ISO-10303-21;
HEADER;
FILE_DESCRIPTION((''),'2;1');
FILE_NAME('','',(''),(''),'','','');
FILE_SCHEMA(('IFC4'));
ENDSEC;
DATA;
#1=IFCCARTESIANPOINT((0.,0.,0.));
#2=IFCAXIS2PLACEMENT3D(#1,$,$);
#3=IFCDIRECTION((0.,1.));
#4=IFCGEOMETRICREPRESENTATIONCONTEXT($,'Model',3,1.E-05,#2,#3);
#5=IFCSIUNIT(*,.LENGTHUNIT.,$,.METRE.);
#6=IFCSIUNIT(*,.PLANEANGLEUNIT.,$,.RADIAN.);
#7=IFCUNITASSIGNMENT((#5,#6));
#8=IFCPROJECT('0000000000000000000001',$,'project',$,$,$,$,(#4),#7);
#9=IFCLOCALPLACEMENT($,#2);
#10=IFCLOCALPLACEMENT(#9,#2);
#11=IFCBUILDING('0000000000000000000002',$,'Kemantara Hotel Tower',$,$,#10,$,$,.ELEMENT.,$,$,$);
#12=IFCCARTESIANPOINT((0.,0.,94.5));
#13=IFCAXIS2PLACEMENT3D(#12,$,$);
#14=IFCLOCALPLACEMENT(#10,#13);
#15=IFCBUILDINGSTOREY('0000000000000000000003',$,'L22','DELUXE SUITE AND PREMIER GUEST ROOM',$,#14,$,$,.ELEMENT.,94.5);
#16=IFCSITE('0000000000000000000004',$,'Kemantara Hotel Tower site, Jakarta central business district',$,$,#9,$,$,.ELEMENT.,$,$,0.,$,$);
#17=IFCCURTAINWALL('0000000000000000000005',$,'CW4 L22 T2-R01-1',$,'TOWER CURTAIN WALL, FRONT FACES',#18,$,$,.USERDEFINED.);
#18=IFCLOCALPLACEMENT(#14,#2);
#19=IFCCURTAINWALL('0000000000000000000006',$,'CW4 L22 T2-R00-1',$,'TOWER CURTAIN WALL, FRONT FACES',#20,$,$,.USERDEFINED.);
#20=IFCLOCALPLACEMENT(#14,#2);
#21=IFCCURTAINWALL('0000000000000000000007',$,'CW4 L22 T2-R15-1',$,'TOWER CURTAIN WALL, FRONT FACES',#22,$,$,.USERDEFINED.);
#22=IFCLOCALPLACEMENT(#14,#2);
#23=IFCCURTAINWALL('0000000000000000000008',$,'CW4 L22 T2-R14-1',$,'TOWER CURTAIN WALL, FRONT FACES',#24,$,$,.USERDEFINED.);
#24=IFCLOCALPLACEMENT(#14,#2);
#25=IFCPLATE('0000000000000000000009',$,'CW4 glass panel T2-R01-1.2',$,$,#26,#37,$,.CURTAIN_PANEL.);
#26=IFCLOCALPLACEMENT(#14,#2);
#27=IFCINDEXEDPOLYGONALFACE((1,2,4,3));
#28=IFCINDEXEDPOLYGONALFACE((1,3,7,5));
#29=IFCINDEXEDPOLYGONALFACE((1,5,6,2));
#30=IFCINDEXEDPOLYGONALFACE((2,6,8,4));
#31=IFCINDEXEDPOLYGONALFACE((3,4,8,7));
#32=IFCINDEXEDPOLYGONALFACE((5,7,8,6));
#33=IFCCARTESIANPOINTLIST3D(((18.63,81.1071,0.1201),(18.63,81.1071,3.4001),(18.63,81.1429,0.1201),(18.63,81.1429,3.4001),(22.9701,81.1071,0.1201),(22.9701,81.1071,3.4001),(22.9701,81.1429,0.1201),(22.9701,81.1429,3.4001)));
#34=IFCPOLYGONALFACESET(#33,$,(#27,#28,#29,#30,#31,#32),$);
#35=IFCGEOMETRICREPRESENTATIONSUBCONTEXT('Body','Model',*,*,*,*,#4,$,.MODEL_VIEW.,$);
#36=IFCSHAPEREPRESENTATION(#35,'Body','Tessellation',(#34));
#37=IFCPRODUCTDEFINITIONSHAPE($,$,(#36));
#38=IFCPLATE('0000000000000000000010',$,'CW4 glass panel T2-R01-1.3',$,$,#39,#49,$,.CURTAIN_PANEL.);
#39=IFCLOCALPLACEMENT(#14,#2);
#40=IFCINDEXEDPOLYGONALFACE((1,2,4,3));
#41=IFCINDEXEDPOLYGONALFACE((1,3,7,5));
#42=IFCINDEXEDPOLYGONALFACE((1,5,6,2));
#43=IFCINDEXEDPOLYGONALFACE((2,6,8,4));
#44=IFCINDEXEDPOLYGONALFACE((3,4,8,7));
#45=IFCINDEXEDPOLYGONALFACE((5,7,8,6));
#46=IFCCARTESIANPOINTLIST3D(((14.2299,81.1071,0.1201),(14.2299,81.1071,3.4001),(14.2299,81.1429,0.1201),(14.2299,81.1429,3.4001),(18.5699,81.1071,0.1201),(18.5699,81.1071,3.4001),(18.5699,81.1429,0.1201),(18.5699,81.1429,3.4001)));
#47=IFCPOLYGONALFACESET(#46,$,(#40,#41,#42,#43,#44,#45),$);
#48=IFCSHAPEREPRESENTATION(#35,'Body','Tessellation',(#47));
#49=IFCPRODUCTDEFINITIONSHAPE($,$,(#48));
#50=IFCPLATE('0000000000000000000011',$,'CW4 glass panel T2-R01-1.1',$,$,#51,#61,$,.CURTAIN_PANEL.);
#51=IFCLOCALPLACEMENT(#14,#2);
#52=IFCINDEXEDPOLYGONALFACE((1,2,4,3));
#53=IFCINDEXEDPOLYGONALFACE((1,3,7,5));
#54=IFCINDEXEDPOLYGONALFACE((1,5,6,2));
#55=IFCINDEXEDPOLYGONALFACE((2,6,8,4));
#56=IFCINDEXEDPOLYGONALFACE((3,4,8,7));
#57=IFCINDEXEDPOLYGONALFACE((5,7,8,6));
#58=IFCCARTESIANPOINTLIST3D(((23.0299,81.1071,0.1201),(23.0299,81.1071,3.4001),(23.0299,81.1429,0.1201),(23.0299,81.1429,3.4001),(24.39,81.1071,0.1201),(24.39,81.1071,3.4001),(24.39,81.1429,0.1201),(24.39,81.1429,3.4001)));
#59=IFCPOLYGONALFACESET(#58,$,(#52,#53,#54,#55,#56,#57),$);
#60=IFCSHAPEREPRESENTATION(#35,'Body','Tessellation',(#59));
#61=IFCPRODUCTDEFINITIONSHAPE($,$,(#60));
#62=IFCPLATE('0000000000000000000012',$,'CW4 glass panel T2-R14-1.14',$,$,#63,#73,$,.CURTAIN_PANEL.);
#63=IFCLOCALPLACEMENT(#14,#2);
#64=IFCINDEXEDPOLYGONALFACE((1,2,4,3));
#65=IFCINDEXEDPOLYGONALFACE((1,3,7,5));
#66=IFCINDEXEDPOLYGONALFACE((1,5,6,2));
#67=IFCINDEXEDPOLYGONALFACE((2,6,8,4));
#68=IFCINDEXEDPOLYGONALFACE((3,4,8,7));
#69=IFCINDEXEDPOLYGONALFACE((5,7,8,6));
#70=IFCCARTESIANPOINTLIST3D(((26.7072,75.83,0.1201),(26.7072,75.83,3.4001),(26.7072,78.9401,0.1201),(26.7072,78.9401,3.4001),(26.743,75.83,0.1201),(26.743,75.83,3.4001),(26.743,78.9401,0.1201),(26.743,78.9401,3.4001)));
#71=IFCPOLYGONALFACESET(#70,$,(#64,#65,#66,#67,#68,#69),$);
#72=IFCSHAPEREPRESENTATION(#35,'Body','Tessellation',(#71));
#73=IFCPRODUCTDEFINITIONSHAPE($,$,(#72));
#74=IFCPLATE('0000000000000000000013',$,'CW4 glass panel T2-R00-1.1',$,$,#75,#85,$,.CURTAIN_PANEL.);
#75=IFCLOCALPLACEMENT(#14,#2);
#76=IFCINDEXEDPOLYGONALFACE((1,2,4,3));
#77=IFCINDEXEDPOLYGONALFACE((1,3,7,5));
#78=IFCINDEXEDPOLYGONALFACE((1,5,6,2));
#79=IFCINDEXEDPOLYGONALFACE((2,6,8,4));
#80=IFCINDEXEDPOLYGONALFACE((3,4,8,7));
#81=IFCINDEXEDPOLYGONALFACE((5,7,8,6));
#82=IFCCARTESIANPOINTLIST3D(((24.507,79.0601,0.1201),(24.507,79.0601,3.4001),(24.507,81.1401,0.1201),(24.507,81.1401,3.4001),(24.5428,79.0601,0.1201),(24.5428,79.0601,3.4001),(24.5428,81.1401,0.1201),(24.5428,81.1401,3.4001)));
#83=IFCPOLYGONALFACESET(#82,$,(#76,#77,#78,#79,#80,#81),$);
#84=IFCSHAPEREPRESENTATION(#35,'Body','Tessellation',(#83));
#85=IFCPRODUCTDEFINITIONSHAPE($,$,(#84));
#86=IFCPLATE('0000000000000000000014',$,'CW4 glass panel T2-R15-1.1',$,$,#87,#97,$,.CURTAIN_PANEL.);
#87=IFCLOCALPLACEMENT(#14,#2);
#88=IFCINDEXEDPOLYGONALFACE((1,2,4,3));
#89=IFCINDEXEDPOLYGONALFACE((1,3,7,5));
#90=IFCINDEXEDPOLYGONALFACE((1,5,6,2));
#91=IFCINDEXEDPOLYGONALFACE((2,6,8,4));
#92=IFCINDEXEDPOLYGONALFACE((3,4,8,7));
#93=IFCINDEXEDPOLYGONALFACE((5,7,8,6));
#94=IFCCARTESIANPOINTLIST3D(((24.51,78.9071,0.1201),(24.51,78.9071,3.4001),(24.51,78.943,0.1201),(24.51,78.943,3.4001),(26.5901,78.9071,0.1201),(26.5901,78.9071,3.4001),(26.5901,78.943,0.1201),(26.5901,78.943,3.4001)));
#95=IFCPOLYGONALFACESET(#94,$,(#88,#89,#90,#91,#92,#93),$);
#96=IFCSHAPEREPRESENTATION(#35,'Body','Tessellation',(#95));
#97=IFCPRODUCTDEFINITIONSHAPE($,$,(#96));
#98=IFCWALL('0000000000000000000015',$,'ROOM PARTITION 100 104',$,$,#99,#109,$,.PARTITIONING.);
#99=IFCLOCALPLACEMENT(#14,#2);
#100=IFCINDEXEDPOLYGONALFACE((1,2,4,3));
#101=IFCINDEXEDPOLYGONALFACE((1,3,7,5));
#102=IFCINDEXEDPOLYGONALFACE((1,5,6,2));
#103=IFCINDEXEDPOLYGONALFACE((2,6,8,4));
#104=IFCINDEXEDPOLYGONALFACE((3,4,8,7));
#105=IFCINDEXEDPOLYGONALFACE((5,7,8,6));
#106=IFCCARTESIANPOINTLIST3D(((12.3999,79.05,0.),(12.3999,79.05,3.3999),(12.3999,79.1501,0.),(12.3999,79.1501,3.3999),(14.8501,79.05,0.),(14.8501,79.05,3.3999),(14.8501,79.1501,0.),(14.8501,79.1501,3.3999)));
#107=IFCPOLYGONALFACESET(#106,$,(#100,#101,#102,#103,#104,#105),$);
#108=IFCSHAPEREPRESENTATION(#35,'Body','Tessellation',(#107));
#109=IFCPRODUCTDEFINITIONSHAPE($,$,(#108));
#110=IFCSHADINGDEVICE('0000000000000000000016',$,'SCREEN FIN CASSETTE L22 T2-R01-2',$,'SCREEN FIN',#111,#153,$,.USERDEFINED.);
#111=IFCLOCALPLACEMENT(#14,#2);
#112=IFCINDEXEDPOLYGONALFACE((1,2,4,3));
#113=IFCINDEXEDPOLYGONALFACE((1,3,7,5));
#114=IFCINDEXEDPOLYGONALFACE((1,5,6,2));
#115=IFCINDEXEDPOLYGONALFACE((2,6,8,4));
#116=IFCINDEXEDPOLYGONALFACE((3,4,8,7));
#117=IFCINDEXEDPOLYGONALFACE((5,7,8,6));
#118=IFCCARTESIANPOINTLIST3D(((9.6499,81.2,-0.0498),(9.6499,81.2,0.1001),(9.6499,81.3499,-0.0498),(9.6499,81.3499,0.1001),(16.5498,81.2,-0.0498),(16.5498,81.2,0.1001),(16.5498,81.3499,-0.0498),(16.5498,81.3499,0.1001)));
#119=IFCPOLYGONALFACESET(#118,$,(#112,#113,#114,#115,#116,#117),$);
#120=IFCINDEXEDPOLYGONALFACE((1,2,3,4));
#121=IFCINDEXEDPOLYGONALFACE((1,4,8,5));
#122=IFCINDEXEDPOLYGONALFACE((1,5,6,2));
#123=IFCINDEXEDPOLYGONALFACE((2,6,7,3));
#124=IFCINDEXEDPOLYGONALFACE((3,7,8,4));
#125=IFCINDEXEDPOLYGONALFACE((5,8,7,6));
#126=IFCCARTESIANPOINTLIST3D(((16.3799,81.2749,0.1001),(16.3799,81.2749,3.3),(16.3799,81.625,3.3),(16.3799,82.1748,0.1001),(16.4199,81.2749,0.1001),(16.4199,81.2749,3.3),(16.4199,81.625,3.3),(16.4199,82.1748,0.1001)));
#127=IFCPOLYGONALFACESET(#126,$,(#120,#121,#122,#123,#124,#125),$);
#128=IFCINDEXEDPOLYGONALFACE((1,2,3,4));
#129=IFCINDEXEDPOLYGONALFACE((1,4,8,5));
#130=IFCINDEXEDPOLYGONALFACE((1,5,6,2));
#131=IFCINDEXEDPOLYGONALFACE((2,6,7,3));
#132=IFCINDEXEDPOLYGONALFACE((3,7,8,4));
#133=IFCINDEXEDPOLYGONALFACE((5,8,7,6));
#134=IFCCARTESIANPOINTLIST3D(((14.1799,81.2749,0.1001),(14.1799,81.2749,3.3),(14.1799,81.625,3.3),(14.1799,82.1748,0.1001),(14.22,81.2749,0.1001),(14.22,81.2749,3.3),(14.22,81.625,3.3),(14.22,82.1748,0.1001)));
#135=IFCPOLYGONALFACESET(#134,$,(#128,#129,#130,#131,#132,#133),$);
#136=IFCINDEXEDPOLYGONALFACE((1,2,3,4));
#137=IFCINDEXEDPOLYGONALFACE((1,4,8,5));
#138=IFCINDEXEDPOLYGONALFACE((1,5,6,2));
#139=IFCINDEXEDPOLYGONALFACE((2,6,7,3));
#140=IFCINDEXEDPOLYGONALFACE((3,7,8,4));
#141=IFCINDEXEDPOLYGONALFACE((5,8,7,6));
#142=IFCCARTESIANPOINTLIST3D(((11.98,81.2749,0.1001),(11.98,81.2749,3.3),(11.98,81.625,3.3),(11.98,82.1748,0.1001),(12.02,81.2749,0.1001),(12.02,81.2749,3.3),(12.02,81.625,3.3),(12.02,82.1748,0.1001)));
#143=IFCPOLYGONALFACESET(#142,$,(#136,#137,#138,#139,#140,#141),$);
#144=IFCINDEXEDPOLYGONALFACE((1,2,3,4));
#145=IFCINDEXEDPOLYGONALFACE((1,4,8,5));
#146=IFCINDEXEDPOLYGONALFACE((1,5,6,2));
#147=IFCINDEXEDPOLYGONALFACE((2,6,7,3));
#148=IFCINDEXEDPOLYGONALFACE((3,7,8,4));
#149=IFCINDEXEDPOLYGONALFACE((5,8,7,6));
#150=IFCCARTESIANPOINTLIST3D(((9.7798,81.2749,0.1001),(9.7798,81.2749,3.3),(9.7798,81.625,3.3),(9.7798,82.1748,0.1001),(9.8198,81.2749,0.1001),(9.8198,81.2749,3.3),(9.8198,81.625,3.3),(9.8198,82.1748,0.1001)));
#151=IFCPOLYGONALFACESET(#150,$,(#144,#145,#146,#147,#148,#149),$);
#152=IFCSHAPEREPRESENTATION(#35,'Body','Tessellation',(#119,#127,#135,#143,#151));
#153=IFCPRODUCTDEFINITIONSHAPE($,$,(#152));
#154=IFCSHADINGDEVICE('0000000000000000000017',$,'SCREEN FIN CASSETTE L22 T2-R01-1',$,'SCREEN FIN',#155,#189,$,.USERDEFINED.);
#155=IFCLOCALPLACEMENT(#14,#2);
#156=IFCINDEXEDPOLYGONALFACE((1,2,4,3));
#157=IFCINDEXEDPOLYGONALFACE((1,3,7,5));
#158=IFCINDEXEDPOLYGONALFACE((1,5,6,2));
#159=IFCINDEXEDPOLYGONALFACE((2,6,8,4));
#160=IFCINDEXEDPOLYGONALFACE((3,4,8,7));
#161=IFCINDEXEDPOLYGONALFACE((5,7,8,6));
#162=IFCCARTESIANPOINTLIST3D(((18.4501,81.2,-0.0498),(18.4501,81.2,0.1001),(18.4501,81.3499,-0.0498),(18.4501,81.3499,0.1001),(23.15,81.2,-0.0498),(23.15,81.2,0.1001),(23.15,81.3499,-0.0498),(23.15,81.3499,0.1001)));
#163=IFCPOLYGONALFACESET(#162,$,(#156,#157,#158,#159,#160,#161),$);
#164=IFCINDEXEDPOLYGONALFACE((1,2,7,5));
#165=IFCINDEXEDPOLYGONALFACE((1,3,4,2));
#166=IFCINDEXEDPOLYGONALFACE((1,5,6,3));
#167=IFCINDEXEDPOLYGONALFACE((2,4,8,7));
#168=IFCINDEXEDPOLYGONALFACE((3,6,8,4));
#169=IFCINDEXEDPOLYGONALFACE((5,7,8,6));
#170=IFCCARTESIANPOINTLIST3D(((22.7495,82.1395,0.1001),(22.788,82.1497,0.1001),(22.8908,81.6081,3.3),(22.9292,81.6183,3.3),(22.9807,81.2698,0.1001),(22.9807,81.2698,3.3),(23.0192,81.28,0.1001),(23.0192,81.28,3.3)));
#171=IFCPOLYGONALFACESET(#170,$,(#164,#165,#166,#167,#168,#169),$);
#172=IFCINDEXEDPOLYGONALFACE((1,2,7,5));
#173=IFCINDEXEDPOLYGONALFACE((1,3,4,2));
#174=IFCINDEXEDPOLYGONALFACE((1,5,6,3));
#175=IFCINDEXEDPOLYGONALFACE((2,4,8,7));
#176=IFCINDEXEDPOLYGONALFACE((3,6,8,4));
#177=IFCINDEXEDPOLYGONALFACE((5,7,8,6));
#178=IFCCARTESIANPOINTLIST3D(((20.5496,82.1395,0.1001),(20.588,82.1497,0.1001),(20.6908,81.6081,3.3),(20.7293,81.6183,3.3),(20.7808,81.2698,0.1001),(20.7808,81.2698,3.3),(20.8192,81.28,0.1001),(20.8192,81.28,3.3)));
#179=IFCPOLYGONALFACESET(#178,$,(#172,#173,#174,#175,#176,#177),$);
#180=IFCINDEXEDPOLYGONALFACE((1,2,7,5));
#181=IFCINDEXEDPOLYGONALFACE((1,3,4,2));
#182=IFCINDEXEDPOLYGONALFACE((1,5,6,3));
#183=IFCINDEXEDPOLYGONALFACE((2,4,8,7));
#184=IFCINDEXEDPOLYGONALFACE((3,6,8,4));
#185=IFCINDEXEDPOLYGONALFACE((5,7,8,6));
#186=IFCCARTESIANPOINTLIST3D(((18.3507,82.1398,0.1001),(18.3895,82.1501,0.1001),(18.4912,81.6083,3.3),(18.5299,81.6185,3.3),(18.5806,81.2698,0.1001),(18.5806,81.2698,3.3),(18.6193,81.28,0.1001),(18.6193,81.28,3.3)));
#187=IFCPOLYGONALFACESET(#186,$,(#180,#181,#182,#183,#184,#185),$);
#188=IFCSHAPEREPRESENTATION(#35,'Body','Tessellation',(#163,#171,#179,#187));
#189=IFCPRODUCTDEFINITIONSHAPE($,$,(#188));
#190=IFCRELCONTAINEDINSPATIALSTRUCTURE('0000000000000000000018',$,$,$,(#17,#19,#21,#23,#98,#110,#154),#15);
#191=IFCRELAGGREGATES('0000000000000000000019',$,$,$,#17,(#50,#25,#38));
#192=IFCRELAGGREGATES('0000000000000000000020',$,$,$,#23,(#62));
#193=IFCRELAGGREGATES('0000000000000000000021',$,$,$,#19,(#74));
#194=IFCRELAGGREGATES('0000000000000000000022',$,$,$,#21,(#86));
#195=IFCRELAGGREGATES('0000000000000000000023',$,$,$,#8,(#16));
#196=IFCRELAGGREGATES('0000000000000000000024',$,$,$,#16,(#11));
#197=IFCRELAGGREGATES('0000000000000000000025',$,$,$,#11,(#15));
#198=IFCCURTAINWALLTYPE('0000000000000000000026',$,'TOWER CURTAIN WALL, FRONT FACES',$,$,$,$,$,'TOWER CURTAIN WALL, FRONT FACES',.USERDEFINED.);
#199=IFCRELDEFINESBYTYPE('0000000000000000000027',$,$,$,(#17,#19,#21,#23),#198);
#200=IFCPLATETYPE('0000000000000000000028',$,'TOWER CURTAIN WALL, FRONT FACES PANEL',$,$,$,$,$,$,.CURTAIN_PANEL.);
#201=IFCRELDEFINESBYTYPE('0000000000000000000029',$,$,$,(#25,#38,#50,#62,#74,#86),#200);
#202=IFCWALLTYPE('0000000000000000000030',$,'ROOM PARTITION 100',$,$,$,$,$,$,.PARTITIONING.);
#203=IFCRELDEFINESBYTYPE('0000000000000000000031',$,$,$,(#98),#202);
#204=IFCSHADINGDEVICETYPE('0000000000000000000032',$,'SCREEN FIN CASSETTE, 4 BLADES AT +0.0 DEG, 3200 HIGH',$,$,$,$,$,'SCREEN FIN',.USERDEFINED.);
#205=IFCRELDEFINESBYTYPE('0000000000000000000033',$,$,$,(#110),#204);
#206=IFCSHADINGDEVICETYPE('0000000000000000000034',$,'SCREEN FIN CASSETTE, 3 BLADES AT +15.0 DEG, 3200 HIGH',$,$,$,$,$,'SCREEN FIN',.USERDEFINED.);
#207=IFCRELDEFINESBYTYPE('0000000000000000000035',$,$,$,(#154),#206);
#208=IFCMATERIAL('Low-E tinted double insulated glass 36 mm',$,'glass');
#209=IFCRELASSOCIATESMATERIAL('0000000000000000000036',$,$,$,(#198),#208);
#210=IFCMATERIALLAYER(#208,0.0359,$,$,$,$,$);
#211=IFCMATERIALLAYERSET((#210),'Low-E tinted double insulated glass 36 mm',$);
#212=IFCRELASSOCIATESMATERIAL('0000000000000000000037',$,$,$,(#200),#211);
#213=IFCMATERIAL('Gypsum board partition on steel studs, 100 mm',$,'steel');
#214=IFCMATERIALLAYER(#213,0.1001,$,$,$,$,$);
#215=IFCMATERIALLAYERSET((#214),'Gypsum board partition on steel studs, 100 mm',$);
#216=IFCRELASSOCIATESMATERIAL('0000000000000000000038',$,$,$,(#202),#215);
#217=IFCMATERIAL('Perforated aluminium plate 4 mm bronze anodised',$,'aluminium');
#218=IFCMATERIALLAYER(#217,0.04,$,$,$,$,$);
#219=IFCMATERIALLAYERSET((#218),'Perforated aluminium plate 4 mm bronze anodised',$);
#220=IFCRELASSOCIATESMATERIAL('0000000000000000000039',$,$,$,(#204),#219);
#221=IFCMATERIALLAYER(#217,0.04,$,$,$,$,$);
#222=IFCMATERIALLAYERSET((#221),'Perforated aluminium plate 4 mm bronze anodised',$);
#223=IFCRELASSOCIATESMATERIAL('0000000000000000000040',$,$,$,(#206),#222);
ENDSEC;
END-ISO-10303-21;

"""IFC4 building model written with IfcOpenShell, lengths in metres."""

from ifc_helpers import new_model, si_unit, direction, frame, frame_2d, origin, origin_2d, place, context, subcontext, project, spatial, polyline, rectangle, outline, extrude, source, transform, mapped, material, layer, layer_set, type_object, element, aggregate, save


model = new_model("IFC4")

# Units and contexts
model_context = context("Model", 3, precision=1e-05, world=origin(), true_north=direction((0.0, 1.0)))
body_context = subcontext(model_context, "Body", "Model", "MODEL_VIEW")
ifc_project = project(units=[si_unit("LENGTHUNIT", "METRE"), si_unit("PLANEANGLEUNIT", "RADIAN")], contexts=[model_context])

# Site, building, storey
site_placement = place(None, origin())
site = spatial("IfcSite", under=ifc_project, at=site_placement, Name="Kemantara Hotel Tower site, Jakarta central business district", CompositionType="ELEMENT", RefElevation=0.0)
building_placement = place(site_placement, origin())
building = spatial("IfcBuilding", under=site, at=building_placement, Name="Kemantara Hotel Tower", CompositionType="ELEMENT")
storey_placement = place(building_placement, frame((0.0, 0.0, 94.5)))
storey = spatial("IfcBuildingStorey", under=building, at=storey_placement, Name="L22", Description="DELUXE SUITE AND PREMIER GUEST ROOM", CompositionType="ELEMENT", Elevation=94.5)

# Curtain walls
ifc_material_1 = material(Name="Low-E tinted double insulated glass 36 mm", Category="glass")
curtain_wall_type = type_object("IfcCurtainWallType", Name="TOWER CURTAIN WALL, FRONT FACES", ElementType="TOWER CURTAIN WALL, FRONT FACES", PredefinedType="USERDEFINED", material=ifc_material_1)
curtain_wall_1_placement = place(storey_placement, origin())
curtain_wall_1 = element("IfcCurtainWall", 1, at=curtain_wall_1_placement, inside=storey, type_object=curtain_wall_type, Name="CW4 L22 T2-R01-1", ObjectType="TOWER CURTAIN WALL, FRONT FACES", PredefinedType="USERDEFINED")
curtain_wall_2_placement = place(storey_placement, origin())
curtain_wall_2 = element("IfcCurtainWall", 2, at=curtain_wall_2_placement, inside=storey, type_object=curtain_wall_type, Name="CW4 L22 T2-R00-1", ObjectType="TOWER CURTAIN WALL, FRONT FACES", PredefinedType="USERDEFINED")
curtain_wall_3_placement = place(storey_placement, origin())
curtain_wall_3 = element("IfcCurtainWall", 3, at=curtain_wall_3_placement, inside=storey, type_object=curtain_wall_type, Name="CW4 L22 T2-R15-1", ObjectType="TOWER CURTAIN WALL, FRONT FACES", PredefinedType="USERDEFINED")

# Curtain wall
curtain_wall_4_placement = place(storey_placement, origin())
curtain_wall_4 = element("IfcCurtainWall", 4, at=curtain_wall_4_placement, inside=storey, type_object=curtain_wall_type, Name="CW4 L22 T2-R14-1", ObjectType="TOWER CURTAIN WALL, FRONT FACES", PredefinedType="USERDEFINED")

# Plates
ifc_layer_1 = layer(ifc_material_1, 0.0359)
ifc_layer_set_1 = layer_set([ifc_layer_1], Name="Low-E tinted double insulated glass 36 mm")
plate_type = type_object("IfcPlateType", Name="TOWER CURTAIN WALL, FRONT FACES PANEL", PredefinedType="CURTAIN_PANEL", material=ifc_layer_set_1)
shared_shape_1 = source(origin(), body_context, "Body", "SweptSolid", [
    extrude(rectangle(XDim=4.3401, YDim=0.0359, at=origin_2d()), origin(), (0.0, 0.0, 1.0), 3.28),
])
plate_1_placement = place(storey_placement, frame((20.8, 81.125, 0.1201), z_axis=(0.0, 0.0, 1.0), x_axis=(-1.0, 0.0, 0.0)))
plate_1 = element("IfcPlate", 5, at=plate_1_placement, type_object=plate_type, Name="CW4 glass panel T2-R01-1.2", PredefinedType="CURTAIN_PANEL", context=body_context, shape_type="MappedRepresentation", body=[
    mapped(shared_shape_1, transform((0.0, 0.0, 0.0))),
])
plate_2_placement = place(storey_placement, frame((16.3999, 81.125, 0.1201), z_axis=(0.0, 0.0, 1.0), x_axis=(-1.0, 0.0, 0.0)))
plate_2 = element("IfcPlate", 6, at=plate_2_placement, type_object=plate_type, Name="CW4 glass panel T2-R01-1.3", PredefinedType="CURTAIN_PANEL", context=body_context, shape_type="MappedRepresentation", body=[
    mapped(shared_shape_1, transform((0.0, 0.0, 0.0))),
])
shared_shape_2 = source(origin(), body_context, "Body", "SweptSolid", [
    extrude(rectangle(XDim=1.3601, YDim=0.0359, at=origin_2d()), origin(), (0.0, 0.0, 1.0), 3.28),
])
plate_3_placement = place(storey_placement, frame((23.71, 81.125, 0.1201), z_axis=(0.0, 0.0, 1.0), x_axis=(-1.0, 0.0, 0.0)))
plate_3 = element("IfcPlate", 7, at=plate_3_placement, type_object=plate_type, Name="CW4 glass panel T2-R01-1.1", PredefinedType="CURTAIN_PANEL", context=body_context, shape_type="MappedRepresentation", body=[
    mapped(shared_shape_2, transform((0.0, 0.0, 0.0))),
])
aggregate(curtain_wall_1, [plate_3, plate_1, plate_2])
shared_shape_3 = source(origin(), body_context, "Body", "SweptSolid", [
    extrude(rectangle(XDim=3.1101, YDim=0.0359, at=origin_2d()), origin(), (0.0, 0.0, 1.0), 3.28),
])
plate_4_placement = place(storey_placement, frame((26.7251, 77.385, 0.1201), z_axis=(0.0, 0.0, 1.0), x_axis=(0.0, 1.0, 0.0)))
plate_4 = element("IfcPlate", 8, at=plate_4_placement, type_object=plate_type, Name="CW4 glass panel T2-R14-1.14", PredefinedType="CURTAIN_PANEL", context=body_context, shape_type="MappedRepresentation", body=[
    mapped(shared_shape_3, transform((0.0, 0.0, 0.0))),
])
aggregate(curtain_wall_4, [plate_4])
shared_shape_4 = source(origin(), body_context, "Body", "SweptSolid", [
    extrude(rectangle(XDim=2.0801, YDim=0.0359, at=origin_2d()), origin(), (0.0, 0.0, 1.0), 3.28),
])
plate_5_placement = place(storey_placement, frame((24.5249, 80.1001, 0.1201), z_axis=(0.0, 0.0, 1.0), x_axis=(0.0, 1.0, 0.0)))
plate_5 = element("IfcPlate", 9, at=plate_5_placement, type_object=plate_type, Name="CW4 glass panel T2-R00-1.1", PredefinedType="CURTAIN_PANEL", context=body_context, shape_type="MappedRepresentation", body=[
    mapped(shared_shape_4, transform((0.0, 0.0, 0.0))),
])
aggregate(curtain_wall_2, [plate_5])
plate_6_placement = place(storey_placement, frame((25.55, 78.925, 0.1201), z_axis=(0.0, 0.0, 1.0), x_axis=(-1.0, 0.0, 0.0)))
plate_6 = element("IfcPlate", 10, at=plate_6_placement, type_object=plate_type, Name="CW4 glass panel T2-R15-1.1", PredefinedType="CURTAIN_PANEL", context=body_context, shape_type="MappedRepresentation", body=[
    mapped(shared_shape_4, transform((0.0, 0.0, 0.0))),
])
aggregate(curtain_wall_3, [plate_6])

# Wall
ifc_material_2 = material(Name="Gypsum board partition on steel studs, 100 mm", Category="steel")
ifc_layer_2 = layer(ifc_material_2, 0.1001)
ifc_layer_set_2 = layer_set([ifc_layer_2], Name="Gypsum board partition on steel studs, 100 mm")
wall_type = type_object("IfcWallType", Name="ROOM PARTITION 100", PredefinedType="PARTITIONING", material=ifc_layer_set_2)
wall_placement = place(storey_placement, frame((12.3999, 79.1001, 0.0), z_axis=(0.0, 0.0, 1.0), x_axis=(1.0, 0.0, 0.0)))
element("IfcWall", 11, at=wall_placement, inside=storey, type_object=wall_type, Name="ROOM PARTITION 100 104", PredefinedType="PARTITIONING", context=body_context, shape_type="SweptSolid", body=[
    extrude(rectangle(XDim=2.4502, YDim=0.1001, at=frame_2d((1.2251, 0.0))), origin(), (0.0, 0.0, 1.0), 3.3999),
])

# Shading devices
ifc_material_3 = material(Name="Perforated aluminium plate 4 mm bronze anodised", Category="aluminium")
ifc_layer_3 = layer(ifc_material_3, 0.04)
ifc_layer_set_3 = layer_set([ifc_layer_3], Name="Perforated aluminium plate 4 mm bronze anodised")
shading_device_type_1 = type_object("IfcShadingDeviceType", Name="SCREEN FIN CASSETTE, 4 BLADES AT +0.0 DEG, 3200 HIGH", ElementType="SCREEN FIN", PredefinedType="USERDEFINED", material=ifc_layer_set_3)
shared_shape_5 = source(origin(), body_context, "Body", "SweptSolid", [
    extrude(rectangle(XDim=6.8999, YDim=0.1499, at=origin_2d()), frame((3.3, -0.075, -0.1499), z_axis=(0.0, 0.0, 1.0), x_axis=(1.0, 0.0, 0.0)), (0.0, 0.0, 1.0), 0.1499),
    extrude(outline(polyline([(0.0, 0.0), (0.8999, 0.0), (0.3501, 3.2), (0.0, 3.2), (0.0, 0.0)])), frame((0.02, -0.075, 0.0), z_axis=(-1.0, 0.0, 0.0), x_axis=(0.0, -1.0, 0.0)), (0.0, 0.0, 1.0), 0.04),
    extrude(outline(polyline([(0.0, 0.0), (0.8999, 0.0), (0.3501, 3.2), (0.0, 3.2), (0.0, 0.0)])), frame((2.22, -0.075, 0.0), z_axis=(-1.0, 0.0, 0.0), x_axis=(0.0, -1.0, 0.0)), (0.0, 0.0, 1.0), 0.04),
    extrude(outline(polyline([(0.0, 0.0), (0.8999, 0.0), (0.3501, 3.2), (0.0, 3.2), (0.0, 0.0)])), frame((4.4199, -0.075, 0.0), z_axis=(-1.0, 0.0, 0.0), x_axis=(0.0, -1.0, 0.0)), (0.0, 0.0, 1.0), 0.04),
    extrude(outline(polyline([(0.0, 0.0), (0.8999, 0.0), (0.3501, 3.2), (0.0, 3.2), (0.0, 0.0)])), frame((6.6201, -0.075, 0.0), z_axis=(-1.0, 0.0, 0.0), x_axis=(0.0, -1.0, 0.0)), (0.0, 0.0, 1.0), 0.04),
])
shading_device_1_placement = place(storey_placement, frame((16.3999, 81.2, 0.1001), z_axis=(0.0, 0.0, 1.0), x_axis=(-1.0, 0.0, 0.0)))
element("IfcShadingDevice", 12, at=shading_device_1_placement, inside=storey, type_object=shading_device_type_1, Name="SCREEN FIN CASSETTE L22 T2-R01-2", ObjectType="SCREEN FIN", PredefinedType="USERDEFINED", context=body_context, shape_type="MappedRepresentation", body=[
    mapped(shared_shape_5, transform((0.0, 0.0, 0.0))),
])
ifc_layer_4 = layer(ifc_material_3, 0.04)
ifc_layer_set_4 = layer_set([ifc_layer_4], Name="Perforated aluminium plate 4 mm bronze anodised")
shading_device_type_2 = type_object("IfcShadingDeviceType", Name="SCREEN FIN CASSETTE, 3 BLADES AT +15.0 DEG, 3200 HIGH", ElementType="SCREEN FIN", PredefinedType="USERDEFINED", material=ifc_layer_set_4)
shared_shape_6 = source(origin(), body_context, "Body", "SweptSolid", [
    extrude(rectangle(XDim=4.7, YDim=0.1499, at=origin_2d()), frame((2.2, -0.075, -0.1499), z_axis=(0.0, 0.0, 1.0), x_axis=(1.0, 0.0, 0.0)), (0.0, 0.0, 1.0), 0.1499),
    extrude(outline(polyline([(0.0, 0.0), (0.8999, 0.0), (0.3501, 3.2), (0.0, 3.2), (0.0, 0.0)])), frame((0.0193, -0.0698, 0.0), z_axis=(-0.966438, -0.256901, 0.0), x_axis=(0.256901, -0.966438, 0.0)), (0.0, 0.0, 1.0), 0.0398),
    extrude(outline(polyline([(0.0, 0.0), (0.8999, 0.0), (0.3501, 3.2), (0.0, 3.2), (0.0, 0.0)])), frame((2.2192, -0.0698, 0.0), z_axis=(-0.966438, -0.256901, 0.0), x_axis=(0.256901, -0.966438, 0.0)), (0.0, 0.0, 1.0), 0.0398),
    extrude(outline(polyline([(0.0, 0.0), (0.8999, 0.0), (0.3501, 3.2), (0.0, 3.2), (0.0, 0.0)])), frame((4.4194, -0.0698, 0.0), z_axis=(-0.966838, -0.255391, 0.0), x_axis=(0.255391, -0.966838, 0.0)), (0.0, 0.0, 1.0), 0.04),
])
shading_device_2_placement = place(storey_placement, frame((23.0, 81.2, 0.1001), z_axis=(0.0, 0.0, 1.0), x_axis=(-1.0, 0.0, 0.0)))
element("IfcShadingDevice", 13, at=shading_device_2_placement, inside=storey, type_object=shading_device_type_2, Name="SCREEN FIN CASSETTE L22 T2-R01-1", ObjectType="SCREEN FIN", PredefinedType="USERDEFINED", context=body_context, shape_type="MappedRepresentation", body=[
    mapped(shared_shape_6, transform((0.0, 0.0, 0.0))),
])

save(model, "model.ifc")
